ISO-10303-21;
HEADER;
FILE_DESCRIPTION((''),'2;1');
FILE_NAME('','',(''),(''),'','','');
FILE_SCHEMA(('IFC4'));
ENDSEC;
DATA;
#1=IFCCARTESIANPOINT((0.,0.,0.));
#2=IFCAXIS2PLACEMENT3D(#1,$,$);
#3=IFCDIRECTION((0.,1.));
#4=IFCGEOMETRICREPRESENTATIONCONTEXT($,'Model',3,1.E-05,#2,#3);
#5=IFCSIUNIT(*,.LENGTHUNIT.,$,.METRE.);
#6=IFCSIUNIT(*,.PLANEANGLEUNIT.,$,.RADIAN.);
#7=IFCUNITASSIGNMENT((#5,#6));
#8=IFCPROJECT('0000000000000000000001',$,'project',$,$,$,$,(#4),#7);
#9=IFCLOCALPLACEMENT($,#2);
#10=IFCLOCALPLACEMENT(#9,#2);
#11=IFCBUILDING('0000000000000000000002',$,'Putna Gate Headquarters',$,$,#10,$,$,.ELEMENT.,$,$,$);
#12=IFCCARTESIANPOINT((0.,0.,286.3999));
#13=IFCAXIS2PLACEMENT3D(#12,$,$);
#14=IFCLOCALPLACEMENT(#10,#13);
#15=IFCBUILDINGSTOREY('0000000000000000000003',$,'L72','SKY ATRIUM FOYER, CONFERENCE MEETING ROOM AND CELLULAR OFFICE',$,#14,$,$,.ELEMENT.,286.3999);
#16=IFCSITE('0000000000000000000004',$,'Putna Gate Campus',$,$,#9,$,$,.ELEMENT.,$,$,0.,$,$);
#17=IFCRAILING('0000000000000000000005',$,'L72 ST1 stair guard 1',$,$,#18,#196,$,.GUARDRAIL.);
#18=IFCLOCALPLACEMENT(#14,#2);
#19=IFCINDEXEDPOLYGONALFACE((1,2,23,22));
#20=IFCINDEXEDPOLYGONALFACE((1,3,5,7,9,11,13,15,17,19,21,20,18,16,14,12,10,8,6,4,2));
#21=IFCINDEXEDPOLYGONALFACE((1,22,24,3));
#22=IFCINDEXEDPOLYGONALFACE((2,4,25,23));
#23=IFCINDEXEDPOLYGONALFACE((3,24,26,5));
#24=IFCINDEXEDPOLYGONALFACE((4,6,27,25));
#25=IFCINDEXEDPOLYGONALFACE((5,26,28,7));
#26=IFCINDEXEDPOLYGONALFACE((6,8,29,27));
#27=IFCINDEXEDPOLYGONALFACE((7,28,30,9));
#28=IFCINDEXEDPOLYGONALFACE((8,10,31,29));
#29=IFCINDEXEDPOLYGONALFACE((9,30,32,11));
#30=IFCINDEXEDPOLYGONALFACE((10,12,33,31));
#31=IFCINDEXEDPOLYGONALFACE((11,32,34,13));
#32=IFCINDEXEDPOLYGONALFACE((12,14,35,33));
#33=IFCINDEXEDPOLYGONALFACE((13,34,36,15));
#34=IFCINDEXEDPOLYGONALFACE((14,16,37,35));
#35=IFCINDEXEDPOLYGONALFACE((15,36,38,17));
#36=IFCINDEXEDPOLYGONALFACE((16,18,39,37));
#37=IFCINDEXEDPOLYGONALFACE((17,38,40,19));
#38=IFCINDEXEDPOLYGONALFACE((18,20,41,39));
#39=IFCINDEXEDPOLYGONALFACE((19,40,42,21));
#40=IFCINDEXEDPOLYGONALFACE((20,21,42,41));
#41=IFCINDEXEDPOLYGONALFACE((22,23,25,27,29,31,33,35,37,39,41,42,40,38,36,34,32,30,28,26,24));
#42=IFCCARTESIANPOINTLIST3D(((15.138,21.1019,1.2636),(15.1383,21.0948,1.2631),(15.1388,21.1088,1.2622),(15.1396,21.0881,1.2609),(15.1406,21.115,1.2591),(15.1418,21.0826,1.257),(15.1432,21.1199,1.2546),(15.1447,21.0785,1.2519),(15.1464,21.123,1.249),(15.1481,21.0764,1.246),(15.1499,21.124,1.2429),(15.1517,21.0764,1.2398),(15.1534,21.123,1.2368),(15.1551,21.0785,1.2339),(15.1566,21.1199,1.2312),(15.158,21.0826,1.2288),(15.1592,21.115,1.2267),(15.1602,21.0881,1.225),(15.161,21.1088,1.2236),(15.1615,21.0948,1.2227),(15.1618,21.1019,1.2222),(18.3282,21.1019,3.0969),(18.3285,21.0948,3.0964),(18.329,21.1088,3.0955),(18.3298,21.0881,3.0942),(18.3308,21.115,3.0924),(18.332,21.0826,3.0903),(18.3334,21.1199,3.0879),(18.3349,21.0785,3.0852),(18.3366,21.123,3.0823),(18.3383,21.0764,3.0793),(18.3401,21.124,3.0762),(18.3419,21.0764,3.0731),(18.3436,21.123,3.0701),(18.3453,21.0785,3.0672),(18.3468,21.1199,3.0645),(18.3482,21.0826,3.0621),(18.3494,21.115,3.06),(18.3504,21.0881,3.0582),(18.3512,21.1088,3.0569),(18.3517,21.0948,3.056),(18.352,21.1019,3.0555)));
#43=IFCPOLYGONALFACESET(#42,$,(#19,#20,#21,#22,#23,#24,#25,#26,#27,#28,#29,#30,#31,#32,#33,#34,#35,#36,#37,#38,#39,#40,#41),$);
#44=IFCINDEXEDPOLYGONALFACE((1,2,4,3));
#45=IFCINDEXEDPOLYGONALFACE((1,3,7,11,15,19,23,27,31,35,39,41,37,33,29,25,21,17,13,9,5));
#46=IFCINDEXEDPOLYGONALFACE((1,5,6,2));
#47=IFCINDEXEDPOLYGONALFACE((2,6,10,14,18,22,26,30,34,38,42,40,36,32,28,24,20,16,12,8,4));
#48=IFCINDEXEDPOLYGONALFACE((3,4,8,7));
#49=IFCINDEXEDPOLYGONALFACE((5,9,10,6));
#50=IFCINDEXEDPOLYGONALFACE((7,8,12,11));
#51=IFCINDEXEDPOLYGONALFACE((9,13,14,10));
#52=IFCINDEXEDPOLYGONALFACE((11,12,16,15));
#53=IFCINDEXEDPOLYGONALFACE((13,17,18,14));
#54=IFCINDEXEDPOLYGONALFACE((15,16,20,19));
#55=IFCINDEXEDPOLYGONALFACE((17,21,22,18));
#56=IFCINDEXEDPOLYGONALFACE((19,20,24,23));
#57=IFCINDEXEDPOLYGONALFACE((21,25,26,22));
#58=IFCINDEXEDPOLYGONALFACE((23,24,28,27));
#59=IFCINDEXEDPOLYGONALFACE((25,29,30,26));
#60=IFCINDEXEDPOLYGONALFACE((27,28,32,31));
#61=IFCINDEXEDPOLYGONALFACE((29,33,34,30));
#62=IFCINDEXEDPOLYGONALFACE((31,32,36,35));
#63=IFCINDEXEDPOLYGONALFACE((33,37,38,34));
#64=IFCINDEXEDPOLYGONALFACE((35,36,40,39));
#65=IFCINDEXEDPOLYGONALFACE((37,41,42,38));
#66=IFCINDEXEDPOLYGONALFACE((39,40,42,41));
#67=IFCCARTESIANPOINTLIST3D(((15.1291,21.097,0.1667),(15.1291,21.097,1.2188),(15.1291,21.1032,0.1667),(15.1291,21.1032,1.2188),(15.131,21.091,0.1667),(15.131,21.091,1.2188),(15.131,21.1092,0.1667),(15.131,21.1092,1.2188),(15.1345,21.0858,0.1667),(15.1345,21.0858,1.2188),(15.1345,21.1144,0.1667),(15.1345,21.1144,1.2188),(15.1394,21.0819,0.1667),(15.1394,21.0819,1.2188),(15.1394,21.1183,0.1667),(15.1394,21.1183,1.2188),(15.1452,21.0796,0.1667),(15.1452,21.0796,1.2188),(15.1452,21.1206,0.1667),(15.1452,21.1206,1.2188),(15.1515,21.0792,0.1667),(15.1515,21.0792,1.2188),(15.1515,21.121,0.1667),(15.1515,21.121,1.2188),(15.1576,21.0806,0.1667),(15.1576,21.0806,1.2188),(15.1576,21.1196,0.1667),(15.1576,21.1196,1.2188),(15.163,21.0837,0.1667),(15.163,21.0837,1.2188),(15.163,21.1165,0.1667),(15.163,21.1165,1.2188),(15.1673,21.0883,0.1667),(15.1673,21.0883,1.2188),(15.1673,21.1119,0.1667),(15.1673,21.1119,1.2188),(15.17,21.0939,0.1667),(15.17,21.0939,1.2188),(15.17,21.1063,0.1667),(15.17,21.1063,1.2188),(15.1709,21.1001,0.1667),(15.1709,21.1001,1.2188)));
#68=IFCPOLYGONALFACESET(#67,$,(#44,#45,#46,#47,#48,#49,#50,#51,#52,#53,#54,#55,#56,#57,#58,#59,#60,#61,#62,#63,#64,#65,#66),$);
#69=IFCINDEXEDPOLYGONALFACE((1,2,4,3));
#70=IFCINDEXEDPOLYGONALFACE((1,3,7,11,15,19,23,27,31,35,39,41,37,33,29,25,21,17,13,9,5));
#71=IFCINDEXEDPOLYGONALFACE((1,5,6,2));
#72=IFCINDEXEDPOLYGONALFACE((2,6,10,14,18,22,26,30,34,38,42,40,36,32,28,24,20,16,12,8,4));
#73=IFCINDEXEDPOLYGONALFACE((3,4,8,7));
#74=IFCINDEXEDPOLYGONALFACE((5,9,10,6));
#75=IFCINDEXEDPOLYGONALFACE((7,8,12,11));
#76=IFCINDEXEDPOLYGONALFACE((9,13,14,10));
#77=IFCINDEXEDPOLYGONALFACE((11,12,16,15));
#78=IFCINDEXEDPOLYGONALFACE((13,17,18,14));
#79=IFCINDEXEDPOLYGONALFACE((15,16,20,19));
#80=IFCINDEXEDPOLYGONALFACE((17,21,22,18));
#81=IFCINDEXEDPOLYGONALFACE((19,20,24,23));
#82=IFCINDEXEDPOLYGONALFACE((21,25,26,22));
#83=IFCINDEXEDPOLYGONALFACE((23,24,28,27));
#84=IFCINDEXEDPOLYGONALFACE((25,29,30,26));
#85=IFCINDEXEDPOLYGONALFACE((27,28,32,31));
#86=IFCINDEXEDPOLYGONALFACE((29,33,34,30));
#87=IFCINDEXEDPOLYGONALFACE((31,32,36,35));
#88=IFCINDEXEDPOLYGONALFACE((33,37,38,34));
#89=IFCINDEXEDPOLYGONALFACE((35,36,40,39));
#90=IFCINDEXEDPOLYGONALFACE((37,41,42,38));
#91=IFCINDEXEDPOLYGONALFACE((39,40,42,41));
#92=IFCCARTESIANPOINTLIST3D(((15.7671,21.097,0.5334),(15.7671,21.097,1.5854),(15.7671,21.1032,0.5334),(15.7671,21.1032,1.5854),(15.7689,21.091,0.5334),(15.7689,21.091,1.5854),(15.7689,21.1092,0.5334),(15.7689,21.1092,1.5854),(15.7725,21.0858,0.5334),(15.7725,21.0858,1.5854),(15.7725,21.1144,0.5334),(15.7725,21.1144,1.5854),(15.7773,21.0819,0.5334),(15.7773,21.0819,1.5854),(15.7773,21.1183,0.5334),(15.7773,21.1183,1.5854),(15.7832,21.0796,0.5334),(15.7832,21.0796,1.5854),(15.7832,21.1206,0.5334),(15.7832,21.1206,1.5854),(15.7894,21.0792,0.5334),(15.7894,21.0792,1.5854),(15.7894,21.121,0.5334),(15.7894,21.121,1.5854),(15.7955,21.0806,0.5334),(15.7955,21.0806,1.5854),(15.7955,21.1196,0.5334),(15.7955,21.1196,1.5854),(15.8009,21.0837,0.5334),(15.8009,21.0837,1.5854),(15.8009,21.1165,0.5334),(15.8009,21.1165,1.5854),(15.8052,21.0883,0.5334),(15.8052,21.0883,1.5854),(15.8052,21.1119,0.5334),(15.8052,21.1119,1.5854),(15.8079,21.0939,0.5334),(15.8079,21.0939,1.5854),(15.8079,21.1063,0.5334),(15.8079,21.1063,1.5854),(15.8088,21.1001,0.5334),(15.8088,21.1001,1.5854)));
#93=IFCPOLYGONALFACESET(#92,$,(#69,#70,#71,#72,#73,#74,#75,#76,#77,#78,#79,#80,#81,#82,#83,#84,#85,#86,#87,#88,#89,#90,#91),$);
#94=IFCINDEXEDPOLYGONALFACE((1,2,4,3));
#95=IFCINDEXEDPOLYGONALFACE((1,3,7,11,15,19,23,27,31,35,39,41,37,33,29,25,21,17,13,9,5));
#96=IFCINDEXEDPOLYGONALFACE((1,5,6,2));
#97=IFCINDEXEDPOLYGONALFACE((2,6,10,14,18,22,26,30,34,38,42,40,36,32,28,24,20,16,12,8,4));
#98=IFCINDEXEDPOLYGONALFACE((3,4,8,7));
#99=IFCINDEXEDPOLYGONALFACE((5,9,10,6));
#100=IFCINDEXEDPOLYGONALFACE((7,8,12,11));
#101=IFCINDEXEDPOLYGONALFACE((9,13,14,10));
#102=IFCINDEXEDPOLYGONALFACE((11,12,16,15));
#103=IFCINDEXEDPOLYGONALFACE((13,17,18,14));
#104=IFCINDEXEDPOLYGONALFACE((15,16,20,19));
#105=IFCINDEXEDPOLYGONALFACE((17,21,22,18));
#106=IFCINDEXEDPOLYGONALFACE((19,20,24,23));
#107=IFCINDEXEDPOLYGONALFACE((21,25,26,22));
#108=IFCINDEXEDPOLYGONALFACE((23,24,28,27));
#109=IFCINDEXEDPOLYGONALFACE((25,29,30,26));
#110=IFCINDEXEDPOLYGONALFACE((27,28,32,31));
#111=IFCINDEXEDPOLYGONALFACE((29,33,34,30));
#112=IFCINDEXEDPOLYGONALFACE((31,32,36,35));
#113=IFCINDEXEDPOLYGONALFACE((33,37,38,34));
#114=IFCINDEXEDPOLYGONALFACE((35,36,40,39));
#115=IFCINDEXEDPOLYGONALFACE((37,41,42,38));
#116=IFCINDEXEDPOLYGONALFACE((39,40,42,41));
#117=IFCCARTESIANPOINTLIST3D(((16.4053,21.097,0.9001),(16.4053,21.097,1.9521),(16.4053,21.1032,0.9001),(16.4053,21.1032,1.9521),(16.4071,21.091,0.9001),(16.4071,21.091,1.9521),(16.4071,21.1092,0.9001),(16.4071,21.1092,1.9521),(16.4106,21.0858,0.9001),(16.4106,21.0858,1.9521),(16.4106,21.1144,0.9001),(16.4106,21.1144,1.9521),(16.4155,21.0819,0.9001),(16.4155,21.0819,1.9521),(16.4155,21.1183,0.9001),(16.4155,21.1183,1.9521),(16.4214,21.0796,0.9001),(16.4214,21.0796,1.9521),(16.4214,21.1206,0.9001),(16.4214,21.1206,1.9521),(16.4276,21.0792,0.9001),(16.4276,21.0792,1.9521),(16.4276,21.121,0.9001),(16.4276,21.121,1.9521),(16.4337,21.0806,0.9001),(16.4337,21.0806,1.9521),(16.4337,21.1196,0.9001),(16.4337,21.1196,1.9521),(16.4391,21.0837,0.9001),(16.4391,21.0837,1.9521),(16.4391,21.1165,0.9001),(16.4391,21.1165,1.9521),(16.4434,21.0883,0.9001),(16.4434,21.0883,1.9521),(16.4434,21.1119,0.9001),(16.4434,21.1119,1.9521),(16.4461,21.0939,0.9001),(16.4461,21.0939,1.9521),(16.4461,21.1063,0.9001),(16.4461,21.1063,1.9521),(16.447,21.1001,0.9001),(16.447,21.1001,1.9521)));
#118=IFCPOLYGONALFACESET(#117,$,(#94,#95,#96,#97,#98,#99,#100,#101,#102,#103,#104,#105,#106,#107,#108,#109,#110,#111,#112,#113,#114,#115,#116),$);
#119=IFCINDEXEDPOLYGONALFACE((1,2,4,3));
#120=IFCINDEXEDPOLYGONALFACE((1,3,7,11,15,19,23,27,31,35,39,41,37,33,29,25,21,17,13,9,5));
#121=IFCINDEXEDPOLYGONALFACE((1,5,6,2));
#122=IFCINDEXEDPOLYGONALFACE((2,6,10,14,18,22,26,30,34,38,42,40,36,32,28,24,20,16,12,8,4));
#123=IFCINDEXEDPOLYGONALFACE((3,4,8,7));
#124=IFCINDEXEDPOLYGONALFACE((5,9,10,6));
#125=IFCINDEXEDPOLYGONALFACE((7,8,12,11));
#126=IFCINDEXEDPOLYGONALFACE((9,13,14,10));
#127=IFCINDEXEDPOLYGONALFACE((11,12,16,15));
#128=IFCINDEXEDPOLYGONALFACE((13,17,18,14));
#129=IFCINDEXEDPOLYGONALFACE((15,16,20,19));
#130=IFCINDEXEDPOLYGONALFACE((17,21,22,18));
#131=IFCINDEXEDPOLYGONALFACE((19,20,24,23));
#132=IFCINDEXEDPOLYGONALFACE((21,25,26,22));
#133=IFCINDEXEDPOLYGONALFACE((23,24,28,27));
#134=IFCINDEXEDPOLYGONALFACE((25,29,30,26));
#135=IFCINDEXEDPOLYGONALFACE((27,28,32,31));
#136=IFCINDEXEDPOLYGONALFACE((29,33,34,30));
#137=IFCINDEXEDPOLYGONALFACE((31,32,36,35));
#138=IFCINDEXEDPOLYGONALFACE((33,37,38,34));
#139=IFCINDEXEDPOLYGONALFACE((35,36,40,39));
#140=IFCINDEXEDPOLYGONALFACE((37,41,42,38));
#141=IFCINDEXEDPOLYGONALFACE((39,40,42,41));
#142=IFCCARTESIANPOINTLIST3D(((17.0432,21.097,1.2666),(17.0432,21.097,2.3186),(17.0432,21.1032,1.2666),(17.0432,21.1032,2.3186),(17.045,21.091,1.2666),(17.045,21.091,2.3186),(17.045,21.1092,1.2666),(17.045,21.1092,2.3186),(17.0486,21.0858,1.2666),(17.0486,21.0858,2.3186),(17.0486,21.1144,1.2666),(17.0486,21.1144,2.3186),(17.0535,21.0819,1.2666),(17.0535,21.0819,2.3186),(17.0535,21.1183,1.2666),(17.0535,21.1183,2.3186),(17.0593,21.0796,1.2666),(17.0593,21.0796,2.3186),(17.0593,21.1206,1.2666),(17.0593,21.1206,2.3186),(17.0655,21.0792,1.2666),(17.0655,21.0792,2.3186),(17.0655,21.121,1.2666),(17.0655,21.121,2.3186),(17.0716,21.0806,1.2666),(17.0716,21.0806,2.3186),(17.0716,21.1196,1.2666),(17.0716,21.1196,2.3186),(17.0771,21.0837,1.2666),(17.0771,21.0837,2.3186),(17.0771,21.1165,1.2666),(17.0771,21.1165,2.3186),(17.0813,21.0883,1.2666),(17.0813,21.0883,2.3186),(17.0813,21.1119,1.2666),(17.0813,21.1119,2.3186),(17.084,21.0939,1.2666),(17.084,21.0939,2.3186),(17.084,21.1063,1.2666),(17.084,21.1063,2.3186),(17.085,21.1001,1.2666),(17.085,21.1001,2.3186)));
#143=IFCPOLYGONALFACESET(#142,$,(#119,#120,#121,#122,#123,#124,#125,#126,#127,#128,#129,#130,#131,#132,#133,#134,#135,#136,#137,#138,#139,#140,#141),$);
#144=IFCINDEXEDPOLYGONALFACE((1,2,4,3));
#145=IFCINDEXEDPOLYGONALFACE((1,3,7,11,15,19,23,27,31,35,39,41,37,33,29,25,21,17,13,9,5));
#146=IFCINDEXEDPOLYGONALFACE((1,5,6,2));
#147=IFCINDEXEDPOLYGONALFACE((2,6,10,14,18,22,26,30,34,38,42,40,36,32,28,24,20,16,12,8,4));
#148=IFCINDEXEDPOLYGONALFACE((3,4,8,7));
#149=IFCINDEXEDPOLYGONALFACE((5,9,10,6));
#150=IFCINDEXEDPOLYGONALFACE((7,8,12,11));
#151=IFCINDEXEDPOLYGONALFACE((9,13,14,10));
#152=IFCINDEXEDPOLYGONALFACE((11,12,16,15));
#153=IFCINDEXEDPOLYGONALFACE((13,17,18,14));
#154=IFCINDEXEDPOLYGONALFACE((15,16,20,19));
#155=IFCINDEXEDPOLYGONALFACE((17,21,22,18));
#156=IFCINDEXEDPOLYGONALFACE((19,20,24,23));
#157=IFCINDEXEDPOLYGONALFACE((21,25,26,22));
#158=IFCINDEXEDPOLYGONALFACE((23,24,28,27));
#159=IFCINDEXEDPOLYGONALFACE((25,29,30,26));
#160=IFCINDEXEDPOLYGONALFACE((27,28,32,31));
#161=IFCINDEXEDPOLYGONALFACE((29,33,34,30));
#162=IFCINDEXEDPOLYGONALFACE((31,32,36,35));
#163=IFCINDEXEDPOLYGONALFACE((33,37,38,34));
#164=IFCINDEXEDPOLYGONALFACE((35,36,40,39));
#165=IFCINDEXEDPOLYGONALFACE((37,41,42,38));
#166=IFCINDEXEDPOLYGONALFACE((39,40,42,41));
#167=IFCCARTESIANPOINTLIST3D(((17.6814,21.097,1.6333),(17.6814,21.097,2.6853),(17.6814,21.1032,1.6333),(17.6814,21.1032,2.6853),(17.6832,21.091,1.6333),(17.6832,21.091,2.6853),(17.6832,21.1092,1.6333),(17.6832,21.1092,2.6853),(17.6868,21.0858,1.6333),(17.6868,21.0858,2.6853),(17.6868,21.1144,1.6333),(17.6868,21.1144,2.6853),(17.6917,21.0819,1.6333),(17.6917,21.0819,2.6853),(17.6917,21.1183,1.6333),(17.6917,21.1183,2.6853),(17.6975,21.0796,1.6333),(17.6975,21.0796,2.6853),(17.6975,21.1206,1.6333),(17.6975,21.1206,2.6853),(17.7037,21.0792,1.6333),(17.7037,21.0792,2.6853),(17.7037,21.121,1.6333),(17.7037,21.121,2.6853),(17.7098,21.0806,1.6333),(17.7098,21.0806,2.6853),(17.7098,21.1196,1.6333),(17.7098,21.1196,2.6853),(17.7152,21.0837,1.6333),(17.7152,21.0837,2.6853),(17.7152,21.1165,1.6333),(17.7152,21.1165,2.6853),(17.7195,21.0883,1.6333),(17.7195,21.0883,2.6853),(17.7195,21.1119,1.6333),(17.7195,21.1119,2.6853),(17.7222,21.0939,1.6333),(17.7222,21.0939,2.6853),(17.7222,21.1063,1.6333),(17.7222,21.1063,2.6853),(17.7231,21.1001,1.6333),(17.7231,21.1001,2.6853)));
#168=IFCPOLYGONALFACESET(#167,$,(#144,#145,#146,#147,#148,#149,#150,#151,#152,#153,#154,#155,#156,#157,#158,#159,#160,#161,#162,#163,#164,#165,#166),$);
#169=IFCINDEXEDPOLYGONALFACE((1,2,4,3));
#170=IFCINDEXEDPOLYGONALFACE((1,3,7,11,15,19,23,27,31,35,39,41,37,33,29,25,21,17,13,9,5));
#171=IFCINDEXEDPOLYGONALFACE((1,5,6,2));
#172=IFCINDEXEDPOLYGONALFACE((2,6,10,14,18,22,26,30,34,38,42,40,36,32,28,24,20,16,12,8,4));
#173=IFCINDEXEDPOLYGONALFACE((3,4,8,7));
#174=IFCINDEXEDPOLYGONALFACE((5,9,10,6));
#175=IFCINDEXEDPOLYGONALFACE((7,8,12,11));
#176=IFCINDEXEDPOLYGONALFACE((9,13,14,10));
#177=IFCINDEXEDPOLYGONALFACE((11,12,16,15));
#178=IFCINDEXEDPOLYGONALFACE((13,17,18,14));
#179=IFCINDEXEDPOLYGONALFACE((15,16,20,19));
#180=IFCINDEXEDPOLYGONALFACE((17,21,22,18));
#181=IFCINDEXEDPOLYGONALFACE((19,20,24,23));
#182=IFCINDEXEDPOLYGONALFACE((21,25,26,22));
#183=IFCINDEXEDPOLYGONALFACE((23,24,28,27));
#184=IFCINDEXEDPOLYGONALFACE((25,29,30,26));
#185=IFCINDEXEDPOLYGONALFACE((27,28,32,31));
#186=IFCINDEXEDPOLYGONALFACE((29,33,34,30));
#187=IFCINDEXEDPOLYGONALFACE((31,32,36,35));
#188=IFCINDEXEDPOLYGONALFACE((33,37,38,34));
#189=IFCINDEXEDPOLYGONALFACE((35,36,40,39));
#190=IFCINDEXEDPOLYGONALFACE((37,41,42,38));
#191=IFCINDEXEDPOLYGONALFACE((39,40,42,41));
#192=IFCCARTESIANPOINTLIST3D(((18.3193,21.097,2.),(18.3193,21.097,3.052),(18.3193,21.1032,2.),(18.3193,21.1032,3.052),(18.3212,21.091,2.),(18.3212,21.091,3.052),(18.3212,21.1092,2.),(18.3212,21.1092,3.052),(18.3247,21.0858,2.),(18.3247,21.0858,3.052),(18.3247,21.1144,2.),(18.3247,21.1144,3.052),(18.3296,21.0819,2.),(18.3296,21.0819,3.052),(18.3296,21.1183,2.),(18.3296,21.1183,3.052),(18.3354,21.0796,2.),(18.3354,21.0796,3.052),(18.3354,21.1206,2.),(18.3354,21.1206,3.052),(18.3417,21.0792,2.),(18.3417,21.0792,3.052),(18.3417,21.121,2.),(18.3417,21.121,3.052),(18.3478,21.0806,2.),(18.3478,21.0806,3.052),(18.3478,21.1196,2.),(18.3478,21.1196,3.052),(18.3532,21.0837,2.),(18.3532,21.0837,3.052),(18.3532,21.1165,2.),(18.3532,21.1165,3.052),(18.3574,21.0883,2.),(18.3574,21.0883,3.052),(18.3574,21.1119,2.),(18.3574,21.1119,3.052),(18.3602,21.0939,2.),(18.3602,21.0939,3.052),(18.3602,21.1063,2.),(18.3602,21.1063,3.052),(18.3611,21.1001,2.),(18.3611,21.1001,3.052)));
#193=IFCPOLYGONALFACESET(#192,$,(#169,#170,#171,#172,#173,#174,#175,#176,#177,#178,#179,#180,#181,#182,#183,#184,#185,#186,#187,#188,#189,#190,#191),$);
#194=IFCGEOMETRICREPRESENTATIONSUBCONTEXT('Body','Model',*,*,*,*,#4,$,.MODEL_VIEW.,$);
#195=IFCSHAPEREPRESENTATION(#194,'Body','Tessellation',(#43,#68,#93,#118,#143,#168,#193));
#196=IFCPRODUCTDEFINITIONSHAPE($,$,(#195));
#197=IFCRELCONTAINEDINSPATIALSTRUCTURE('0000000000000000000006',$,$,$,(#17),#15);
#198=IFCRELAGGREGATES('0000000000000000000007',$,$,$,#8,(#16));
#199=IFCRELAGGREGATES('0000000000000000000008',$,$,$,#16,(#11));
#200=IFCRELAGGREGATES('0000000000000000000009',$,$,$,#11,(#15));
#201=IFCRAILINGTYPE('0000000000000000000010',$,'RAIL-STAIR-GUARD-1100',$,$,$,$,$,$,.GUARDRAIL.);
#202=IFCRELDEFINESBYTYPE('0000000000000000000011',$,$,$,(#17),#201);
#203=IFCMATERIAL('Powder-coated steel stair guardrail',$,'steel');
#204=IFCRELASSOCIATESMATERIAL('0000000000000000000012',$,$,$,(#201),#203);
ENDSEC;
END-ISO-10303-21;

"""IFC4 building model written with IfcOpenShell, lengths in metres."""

from ifc_helpers import new_model, si_unit, direction, frame, origin, origin_2d, place, context, subcontext, project, spatial, circle, extrude, material, type_object, element, save


model = new_model("IFC4")

# Units and contexts
model_context = context("Model", 3, precision=1e-05, world=origin(), true_north=direction((0.0, 1.0)))
body_context = subcontext(model_context, "Body", "Model", "MODEL_VIEW")
ifc_project = project(units=[si_unit("LENGTHUNIT", "METRE"), si_unit("PLANEANGLEUNIT", "RADIAN")], contexts=[model_context])

# Site, building, storey
site_placement = place(None, origin())
site = spatial("IfcSite", under=ifc_project, at=site_placement, Name="Putna Gate Campus", CompositionType="ELEMENT", RefElevation=0.0)
building_placement = place(site_placement, origin())
building = spatial("IfcBuilding", under=site, at=building_placement, Name="Putna Gate Headquarters", CompositionType="ELEMENT")
storey_placement = place(building_placement, frame((0.0, 0.0, 286.3999)))
storey = spatial("IfcBuildingStorey", under=building, at=storey_placement, Name="L72", Description="SKY ATRIUM FOYER, CONFERENCE MEETING ROOM AND CELLULAR OFFICE", CompositionType="ELEMENT", Elevation=286.3999)

# Railing
ifc_material_1 = material(Name="Powder-coated steel stair guardrail", Category="steel")
railing_type_1 = type_object("IfcRailingType", Name="RAIL-STAIR-GUARD-1100", PredefinedType="GUARDRAIL", material=ifc_material_1)
railing_1_placement = place(storey_placement, frame((15.1499, 21.1001, 0.1667)))
element("IfcRailing", 1, at=railing_1_placement, inside=storey, type_object=railing_type_1, Name="L72 ST1 stair guard 1", PredefinedType="GUARDRAIL", context=body_context, shape_type="SweptSolid", body=[
    extrude(circle(Radius=0.0239, at=origin_2d()), frame((0.0, 0.0, 1.0762), z_axis=(0.867036, 0.0, 0.498245), x_axis=(0.0, 1.0, 0.0)), (0.0, 0.0, 1.0), 3.6794),
    extrude(circle(Radius=0.021, at=origin_2d()), origin(), (0.0, 0.0, 1.0), 1.052),
    extrude(circle(Radius=0.021, at=origin_2d()), frame((0.6379, 0.0, 0.3667)), (0.0, 0.0, 1.0), 1.052),
    extrude(circle(Radius=0.021, at=origin_2d()), frame((1.2761, 0.0, 0.7334)), (0.0, 0.0, 1.0), 1.052),
    extrude(circle(Radius=0.021, at=origin_2d()), frame((1.9141, 0.0, 1.0999)), (0.0, 0.0, 1.0), 1.052),
    extrude(circle(Radius=0.021, at=origin_2d()), frame((2.5522, 0.0, 1.4666)), (0.0, 0.0, 1.0), 1.052),
    extrude(circle(Radius=0.021, at=origin_2d()), frame((3.1902, 0.0, 1.8333)), (0.0, 0.0, 1.0), 1.052),
])

save(model, "model.ifc")
